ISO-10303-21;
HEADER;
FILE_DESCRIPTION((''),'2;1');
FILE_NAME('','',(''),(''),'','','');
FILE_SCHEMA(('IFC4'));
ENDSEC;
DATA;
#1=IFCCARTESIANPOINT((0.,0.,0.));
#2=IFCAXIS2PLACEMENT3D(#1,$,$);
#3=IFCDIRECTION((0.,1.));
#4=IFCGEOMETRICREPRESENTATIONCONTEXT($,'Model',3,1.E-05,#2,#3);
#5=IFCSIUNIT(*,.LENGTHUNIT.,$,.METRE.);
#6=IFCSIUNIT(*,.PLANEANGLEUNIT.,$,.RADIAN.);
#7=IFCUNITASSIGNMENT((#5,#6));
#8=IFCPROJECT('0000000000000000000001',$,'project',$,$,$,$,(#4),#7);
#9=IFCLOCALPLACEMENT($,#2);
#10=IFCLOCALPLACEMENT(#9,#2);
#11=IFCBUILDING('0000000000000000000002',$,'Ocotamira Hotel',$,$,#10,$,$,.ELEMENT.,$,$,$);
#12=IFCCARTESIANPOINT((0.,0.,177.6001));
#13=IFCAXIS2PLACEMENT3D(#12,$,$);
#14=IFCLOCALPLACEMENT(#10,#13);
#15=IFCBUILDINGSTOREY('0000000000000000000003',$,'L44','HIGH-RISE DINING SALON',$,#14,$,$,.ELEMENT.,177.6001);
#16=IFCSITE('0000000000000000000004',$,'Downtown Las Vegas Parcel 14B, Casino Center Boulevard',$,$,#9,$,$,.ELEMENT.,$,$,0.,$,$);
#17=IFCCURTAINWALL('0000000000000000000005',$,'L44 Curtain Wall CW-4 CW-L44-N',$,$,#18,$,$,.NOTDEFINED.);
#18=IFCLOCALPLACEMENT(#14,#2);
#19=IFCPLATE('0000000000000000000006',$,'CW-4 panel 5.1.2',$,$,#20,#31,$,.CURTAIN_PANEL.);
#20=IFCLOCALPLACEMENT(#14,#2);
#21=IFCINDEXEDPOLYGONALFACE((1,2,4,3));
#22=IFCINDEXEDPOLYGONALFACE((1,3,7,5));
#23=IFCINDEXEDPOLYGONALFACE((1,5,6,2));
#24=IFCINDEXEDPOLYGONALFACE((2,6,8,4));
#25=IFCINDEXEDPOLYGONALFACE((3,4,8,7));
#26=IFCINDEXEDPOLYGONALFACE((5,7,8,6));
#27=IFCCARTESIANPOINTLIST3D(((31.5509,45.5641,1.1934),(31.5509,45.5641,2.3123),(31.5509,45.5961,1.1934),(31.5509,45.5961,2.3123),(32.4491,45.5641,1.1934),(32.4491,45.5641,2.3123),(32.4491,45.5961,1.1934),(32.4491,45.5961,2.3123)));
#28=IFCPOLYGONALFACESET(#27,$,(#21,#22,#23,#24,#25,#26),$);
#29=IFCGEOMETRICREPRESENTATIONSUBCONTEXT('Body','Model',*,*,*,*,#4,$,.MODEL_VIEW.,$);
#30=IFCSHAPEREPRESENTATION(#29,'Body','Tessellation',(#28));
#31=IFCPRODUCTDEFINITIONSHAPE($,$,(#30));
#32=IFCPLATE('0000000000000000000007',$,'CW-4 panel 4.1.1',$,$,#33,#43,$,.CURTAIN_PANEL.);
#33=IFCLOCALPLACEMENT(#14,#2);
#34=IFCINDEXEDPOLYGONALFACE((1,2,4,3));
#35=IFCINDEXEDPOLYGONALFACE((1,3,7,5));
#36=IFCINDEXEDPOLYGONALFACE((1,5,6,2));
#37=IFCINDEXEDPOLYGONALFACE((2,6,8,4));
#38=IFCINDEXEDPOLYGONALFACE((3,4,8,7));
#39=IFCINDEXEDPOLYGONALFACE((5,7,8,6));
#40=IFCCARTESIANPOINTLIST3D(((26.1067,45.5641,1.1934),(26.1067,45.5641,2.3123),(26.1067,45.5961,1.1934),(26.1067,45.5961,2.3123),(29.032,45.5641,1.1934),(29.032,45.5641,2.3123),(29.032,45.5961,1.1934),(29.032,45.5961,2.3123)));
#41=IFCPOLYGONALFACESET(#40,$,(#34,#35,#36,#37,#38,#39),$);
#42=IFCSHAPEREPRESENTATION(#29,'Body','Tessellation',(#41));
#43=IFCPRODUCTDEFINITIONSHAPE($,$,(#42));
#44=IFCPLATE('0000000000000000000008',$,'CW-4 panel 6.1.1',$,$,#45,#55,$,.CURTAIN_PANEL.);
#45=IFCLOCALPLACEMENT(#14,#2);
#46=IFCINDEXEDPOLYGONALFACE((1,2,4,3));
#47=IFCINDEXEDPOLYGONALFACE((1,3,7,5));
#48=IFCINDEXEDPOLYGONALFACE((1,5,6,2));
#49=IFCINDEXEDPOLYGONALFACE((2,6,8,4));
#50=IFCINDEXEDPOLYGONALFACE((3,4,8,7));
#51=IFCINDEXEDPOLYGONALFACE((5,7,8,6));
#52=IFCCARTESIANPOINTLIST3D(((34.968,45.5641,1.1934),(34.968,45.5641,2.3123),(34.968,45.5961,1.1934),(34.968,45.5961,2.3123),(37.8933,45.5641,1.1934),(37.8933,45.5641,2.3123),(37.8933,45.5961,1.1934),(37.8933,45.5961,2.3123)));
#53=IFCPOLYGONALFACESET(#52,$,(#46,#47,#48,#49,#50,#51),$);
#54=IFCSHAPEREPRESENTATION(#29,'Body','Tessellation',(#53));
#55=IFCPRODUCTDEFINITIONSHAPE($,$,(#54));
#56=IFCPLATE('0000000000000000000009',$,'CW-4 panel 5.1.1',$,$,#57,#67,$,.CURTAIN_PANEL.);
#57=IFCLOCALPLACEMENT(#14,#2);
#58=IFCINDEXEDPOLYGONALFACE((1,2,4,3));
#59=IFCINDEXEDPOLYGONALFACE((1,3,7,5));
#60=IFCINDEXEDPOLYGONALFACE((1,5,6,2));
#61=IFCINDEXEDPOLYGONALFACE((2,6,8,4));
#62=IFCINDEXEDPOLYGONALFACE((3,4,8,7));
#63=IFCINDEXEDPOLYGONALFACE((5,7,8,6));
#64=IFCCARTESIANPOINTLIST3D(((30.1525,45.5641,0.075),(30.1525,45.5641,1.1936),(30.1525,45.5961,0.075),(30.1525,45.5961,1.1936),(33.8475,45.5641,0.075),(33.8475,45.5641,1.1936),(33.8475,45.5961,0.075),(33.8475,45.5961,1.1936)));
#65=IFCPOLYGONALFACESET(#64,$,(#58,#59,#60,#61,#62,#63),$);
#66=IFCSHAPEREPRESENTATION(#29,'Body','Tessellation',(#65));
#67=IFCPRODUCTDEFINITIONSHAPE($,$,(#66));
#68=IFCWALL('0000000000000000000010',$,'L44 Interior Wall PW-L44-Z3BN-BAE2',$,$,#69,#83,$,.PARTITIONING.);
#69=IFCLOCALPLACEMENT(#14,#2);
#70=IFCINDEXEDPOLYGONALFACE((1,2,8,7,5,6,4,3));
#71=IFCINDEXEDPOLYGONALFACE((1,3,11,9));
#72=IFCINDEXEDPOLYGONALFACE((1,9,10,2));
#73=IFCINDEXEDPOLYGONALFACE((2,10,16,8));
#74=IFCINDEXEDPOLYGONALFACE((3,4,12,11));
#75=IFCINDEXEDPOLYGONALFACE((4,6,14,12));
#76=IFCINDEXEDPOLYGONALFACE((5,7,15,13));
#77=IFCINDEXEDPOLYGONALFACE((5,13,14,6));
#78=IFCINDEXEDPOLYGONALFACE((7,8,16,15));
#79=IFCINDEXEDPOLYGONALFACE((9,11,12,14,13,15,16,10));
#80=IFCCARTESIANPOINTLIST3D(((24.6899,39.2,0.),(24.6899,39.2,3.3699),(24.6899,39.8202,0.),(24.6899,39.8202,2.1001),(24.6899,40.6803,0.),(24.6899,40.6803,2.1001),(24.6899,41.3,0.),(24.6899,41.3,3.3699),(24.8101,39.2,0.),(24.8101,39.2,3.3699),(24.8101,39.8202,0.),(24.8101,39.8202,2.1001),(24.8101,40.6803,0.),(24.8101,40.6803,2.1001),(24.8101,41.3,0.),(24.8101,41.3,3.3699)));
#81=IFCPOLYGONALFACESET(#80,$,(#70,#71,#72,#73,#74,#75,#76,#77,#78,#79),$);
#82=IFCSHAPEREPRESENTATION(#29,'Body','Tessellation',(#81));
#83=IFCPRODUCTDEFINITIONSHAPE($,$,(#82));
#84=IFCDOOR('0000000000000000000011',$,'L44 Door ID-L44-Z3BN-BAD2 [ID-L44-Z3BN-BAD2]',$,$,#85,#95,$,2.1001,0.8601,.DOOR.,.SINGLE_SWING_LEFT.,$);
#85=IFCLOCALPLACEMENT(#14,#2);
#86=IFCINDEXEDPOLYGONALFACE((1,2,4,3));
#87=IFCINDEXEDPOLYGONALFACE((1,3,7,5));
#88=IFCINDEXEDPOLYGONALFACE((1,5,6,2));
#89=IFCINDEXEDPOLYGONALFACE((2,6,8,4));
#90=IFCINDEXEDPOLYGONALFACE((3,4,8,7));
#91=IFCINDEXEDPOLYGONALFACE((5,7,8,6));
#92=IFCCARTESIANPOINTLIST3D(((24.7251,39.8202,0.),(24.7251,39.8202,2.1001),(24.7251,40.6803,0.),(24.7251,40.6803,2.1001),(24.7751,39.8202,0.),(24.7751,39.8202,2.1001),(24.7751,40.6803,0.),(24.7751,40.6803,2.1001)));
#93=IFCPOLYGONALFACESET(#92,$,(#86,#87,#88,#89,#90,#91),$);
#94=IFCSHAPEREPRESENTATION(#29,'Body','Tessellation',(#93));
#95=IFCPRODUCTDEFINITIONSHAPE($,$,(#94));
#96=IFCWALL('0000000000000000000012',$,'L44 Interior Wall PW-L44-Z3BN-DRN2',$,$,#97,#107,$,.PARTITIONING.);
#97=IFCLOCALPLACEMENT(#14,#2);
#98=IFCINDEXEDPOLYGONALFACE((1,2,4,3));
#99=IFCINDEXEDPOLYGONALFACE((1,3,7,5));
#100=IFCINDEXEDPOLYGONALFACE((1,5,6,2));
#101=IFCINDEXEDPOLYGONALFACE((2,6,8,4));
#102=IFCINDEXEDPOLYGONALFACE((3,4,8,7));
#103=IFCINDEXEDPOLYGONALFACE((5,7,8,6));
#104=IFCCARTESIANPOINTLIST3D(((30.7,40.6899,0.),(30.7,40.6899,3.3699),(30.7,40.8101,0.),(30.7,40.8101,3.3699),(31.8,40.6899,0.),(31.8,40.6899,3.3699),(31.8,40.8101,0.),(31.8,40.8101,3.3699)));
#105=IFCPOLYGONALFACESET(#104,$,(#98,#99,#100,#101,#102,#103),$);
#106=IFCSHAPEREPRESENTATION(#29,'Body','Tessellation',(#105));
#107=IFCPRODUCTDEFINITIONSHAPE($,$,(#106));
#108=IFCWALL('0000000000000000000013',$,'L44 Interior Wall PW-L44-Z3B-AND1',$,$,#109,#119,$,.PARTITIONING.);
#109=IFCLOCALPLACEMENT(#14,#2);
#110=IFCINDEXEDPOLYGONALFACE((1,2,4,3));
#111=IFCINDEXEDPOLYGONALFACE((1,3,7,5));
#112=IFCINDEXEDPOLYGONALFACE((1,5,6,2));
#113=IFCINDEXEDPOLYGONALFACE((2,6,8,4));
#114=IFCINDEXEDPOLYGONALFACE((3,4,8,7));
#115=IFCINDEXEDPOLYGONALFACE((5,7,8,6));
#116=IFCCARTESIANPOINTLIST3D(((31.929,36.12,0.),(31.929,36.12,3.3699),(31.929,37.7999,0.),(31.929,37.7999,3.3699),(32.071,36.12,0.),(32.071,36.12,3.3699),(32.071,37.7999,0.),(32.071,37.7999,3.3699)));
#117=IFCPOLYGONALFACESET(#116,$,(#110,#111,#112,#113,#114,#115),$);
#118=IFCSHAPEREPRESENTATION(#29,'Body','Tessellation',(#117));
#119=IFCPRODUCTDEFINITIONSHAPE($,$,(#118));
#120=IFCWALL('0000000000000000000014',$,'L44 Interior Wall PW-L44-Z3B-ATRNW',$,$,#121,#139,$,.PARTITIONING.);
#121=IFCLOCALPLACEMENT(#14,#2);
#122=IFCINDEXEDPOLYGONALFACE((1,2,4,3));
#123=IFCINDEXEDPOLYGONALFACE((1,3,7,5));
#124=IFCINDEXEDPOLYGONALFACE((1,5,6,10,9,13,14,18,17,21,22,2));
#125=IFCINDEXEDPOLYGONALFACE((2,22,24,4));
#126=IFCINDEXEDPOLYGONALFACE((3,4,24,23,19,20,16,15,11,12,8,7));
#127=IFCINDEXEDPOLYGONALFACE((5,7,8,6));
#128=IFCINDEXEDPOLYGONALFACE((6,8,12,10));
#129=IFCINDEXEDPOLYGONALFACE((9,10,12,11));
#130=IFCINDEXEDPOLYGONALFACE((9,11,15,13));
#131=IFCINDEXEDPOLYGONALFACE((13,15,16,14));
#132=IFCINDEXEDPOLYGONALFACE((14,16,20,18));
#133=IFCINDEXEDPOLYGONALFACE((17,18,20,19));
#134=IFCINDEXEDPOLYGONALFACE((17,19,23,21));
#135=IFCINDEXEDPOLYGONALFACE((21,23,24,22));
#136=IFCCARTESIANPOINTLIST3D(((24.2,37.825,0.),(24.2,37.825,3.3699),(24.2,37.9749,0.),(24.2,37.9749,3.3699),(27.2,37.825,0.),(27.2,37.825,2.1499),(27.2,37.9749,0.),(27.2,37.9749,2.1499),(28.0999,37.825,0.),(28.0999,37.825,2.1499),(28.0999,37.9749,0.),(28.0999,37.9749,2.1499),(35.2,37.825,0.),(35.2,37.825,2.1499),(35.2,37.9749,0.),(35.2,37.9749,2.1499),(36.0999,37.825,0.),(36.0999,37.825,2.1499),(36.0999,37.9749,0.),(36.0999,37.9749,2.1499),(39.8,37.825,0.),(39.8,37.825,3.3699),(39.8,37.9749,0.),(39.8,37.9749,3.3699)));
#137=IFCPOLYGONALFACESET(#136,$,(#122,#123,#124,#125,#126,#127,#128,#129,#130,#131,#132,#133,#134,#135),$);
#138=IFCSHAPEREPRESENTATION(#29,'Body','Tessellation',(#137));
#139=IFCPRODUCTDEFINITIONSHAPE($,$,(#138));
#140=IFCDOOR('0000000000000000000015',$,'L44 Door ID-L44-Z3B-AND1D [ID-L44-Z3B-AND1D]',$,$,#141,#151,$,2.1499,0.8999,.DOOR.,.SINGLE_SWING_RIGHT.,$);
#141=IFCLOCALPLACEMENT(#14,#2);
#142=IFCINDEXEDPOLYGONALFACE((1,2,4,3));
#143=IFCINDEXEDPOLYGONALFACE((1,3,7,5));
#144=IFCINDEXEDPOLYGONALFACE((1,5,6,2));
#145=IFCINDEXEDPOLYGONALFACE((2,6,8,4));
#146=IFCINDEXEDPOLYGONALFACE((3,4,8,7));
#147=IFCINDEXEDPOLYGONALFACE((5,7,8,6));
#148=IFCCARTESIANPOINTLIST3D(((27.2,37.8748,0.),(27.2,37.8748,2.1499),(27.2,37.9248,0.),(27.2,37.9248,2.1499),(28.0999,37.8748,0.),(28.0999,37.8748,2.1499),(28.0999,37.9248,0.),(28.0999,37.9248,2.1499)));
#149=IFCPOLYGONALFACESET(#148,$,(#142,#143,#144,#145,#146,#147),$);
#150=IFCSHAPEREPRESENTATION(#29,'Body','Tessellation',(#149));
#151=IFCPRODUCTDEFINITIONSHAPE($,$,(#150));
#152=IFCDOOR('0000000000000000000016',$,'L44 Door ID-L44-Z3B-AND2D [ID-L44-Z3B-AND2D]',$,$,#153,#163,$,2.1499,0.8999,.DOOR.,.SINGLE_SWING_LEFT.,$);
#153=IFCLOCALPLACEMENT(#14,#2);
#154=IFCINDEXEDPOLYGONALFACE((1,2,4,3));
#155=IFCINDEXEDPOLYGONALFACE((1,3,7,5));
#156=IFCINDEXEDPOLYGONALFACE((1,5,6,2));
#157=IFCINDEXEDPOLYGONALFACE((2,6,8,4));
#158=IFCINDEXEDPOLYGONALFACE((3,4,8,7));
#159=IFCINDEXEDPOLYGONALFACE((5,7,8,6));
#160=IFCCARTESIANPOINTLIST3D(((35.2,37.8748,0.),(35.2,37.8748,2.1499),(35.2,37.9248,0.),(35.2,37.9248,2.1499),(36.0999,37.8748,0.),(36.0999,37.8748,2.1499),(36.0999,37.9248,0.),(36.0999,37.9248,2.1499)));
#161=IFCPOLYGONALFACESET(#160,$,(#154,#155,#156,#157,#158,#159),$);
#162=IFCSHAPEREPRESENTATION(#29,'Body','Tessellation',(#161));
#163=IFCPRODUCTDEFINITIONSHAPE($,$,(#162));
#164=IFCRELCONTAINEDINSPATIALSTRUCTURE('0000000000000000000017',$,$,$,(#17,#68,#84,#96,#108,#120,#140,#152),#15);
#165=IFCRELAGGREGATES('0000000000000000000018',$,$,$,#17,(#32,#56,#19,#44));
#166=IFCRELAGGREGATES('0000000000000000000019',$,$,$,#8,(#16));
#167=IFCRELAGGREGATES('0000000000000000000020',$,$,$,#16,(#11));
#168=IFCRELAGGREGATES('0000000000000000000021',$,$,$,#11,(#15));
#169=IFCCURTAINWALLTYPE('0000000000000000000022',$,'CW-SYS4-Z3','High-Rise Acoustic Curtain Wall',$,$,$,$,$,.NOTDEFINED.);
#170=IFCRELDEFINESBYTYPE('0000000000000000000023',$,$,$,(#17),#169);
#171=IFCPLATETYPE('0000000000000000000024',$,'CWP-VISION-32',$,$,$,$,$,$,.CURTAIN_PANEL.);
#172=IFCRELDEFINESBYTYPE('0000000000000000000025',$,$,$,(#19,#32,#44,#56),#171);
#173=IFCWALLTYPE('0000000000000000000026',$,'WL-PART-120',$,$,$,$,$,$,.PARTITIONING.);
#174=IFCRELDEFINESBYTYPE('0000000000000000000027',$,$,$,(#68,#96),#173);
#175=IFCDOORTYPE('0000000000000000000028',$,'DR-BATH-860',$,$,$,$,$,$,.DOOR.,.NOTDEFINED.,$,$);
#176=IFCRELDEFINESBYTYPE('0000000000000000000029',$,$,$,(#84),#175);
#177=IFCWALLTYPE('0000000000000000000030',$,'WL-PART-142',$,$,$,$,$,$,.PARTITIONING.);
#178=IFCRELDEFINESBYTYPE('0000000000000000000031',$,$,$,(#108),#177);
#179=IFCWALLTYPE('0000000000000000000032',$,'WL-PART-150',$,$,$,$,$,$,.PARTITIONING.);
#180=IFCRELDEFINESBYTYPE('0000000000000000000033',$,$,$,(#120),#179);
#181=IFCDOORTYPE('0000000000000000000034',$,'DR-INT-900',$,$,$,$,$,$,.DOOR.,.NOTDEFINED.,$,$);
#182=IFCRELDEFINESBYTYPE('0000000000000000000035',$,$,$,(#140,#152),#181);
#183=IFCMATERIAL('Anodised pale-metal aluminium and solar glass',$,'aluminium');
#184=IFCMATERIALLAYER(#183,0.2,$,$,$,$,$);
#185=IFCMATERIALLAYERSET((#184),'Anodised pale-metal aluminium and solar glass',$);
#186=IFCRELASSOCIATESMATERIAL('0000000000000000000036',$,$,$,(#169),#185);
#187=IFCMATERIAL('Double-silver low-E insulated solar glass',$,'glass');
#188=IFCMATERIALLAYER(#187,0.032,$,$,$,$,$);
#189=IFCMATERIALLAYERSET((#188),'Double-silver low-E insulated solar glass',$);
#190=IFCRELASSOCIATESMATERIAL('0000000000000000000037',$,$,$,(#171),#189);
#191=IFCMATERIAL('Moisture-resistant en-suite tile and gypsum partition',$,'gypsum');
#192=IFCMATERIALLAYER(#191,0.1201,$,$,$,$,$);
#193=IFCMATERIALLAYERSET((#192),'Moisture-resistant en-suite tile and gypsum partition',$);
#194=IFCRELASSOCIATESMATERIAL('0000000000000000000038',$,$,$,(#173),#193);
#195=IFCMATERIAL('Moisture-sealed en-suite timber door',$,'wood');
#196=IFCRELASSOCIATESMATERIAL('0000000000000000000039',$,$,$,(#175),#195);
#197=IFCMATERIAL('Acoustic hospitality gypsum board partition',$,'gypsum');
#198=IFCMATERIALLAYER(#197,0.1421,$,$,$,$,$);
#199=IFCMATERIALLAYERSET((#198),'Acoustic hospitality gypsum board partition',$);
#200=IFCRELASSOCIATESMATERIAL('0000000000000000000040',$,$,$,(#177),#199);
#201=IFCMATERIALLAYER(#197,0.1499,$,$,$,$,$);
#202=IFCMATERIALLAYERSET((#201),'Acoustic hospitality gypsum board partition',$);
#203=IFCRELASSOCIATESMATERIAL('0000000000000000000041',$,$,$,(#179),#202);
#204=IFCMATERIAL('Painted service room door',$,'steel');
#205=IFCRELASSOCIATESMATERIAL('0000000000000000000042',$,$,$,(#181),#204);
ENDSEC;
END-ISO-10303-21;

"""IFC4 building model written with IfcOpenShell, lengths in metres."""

from ifc_helpers import new_model, si_unit, direction, frame, frame_2d, origin, origin_2d, place, context, subcontext, project, spatial, rectangle, extrude, source, transform, mapped, material, layer, layer_set, type_object, element, fill, aggregate, save


model = new_model("IFC4")

# Units and contexts
model_context = context("Model", 3, precision=1e-05, world=origin(), true_north=direction((0.0, 1.0)))
body_context = subcontext(model_context, "Body", "Model", "MODEL_VIEW")
ifc_project = project(units=[si_unit("LENGTHUNIT", "METRE"), si_unit("PLANEANGLEUNIT", "RADIAN")], contexts=[model_context])

# Site, building, storey
site_placement = place(None, origin())
site = spatial("IfcSite", under=ifc_project, at=site_placement, Name="Downtown Las Vegas Parcel 14B, Casino Center Boulevard", CompositionType="ELEMENT", RefElevation=0.0)
building_placement = place(site_placement, origin())
building = spatial("IfcBuilding", under=site, at=building_placement, Name="Ocotamira Hotel", CompositionType="ELEMENT")
storey_placement = place(building_placement, frame((0.0, 0.0, 177.6001)))
storey = spatial("IfcBuildingStorey", under=building, at=storey_placement, Name="L44", Description="HIGH-RISE DINING SALON", CompositionType="ELEMENT", Elevation=177.6001)

# Curtain wall
ifc_material_1 = material(Name="Anodised pale-metal aluminium and solar glass", Category="aluminium")
ifc_layer_1 = layer(ifc_material_1, 0.2)
ifc_layer_set_1 = layer_set([ifc_layer_1], Name="Anodised pale-metal aluminium and solar glass")
curtain_wall_type = type_object("IfcCurtainWallType", Name="CW-SYS4-Z3", Description="High-Rise Acoustic Curtain Wall", PredefinedType="NOTDEFINED", material=ifc_layer_set_1)
curtain_wall_placement = place(storey_placement, origin())
curtain_wall = element("IfcCurtainWall", 1, at=curtain_wall_placement, inside=storey, type_object=curtain_wall_type, Name="L44 Curtain Wall CW-4 CW-L44-N", PredefinedType="NOTDEFINED")

# Plates
ifc_material_2 = material(Name="Double-silver low-E insulated solar glass", Category="glass")
ifc_layer_2 = layer(ifc_material_2, 0.032)
ifc_layer_set_2 = layer_set([ifc_layer_2], Name="Double-silver low-E insulated solar glass")
plate_type_1 = type_object("IfcPlateType", Name="CWP-VISION-32", PredefinedType="CURTAIN_PANEL", material=ifc_layer_set_2)
shared_shape_1 = source(origin(), body_context, "Body", "SweptSolid", [
    extrude(rectangle(XDim=0.8982, YDim=0.032, at=origin_2d()), origin(), (0.0, 0.0, 1.0), 1.1189),
])
plate_1_placement = place(storey_placement, frame((32.0, 45.5801, 1.1934), z_axis=(0.0, 0.0, 1.0), x_axis=(1.0, 0.0, 0.0)))
plate_1 = element("IfcPlate", 2, at=plate_1_placement, type_object=plate_type_1, Name="CW-4 panel 5.1.2", PredefinedType="CURTAIN_PANEL", context=body_context, shape_type="MappedRepresentation", body=[
    mapped(shared_shape_1, transform((0.0, 0.0, 0.0), scale=1.0)),
])
shared_shape_2 = source(origin(), body_context, "Body", "SweptSolid", [
    extrude(rectangle(XDim=2.9253, YDim=0.032, at=origin_2d()), origin(), (0.0, 0.0, 1.0), 1.1189),
])
plate_2_placement = place(storey_placement, frame((27.5693, 45.5801, 1.1934), z_axis=(0.0, 0.0, 1.0), x_axis=(1.0, 0.0, 0.0)))
plate_2 = element("IfcPlate", 3, at=plate_2_placement, type_object=plate_type_1, Name="CW-4 panel 4.1.1", PredefinedType="CURTAIN_PANEL", context=body_context, shape_type="MappedRepresentation", body=[
    mapped(shared_shape_2, transform((0.0, 0.0, 0.0), scale=1.0)),
])
plate_3_placement = place(storey_placement, frame((36.4307, 45.5801, 1.1934), z_axis=(0.0, 0.0, 1.0), x_axis=(1.0, 0.0, 0.0)))
plate_3 = element("IfcPlate", 4, at=plate_3_placement, type_object=plate_type_1, Name="CW-4 panel 6.1.1", PredefinedType="CURTAIN_PANEL", context=body_context, shape_type="MappedRepresentation", body=[
    mapped(shared_shape_2, transform((0.0, 0.0, 0.0), scale=1.0)),
])
shared_shape_3 = source(origin(), body_context, "Body", "SweptSolid", [
    extrude(rectangle(XDim=3.6951, YDim=0.032, at=origin_2d()), origin(), (0.0, 0.0, 1.0), 1.1187),
])
plate_4_placement = place(storey_placement, frame((32.0, 45.5801, 0.075), z_axis=(0.0, 0.0, 1.0), x_axis=(1.0, 0.0, 0.0)))
plate_4 = element("IfcPlate", 5, at=plate_4_placement, type_object=plate_type_1, Name="CW-4 panel 5.1.1", PredefinedType="CURTAIN_PANEL", context=body_context, shape_type="MappedRepresentation", body=[
    mapped(shared_shape_3, transform((0.0, 0.0, 0.0), scale=1.0)),
])
aggregate(curtain_wall, [plate_2, plate_4, plate_1, plate_3])

# Wall, opening, door
ifc_material_3 = material(Name="Moisture-resistant en-suite tile and gypsum partition", Category="gypsum")
ifc_layer_3 = layer(ifc_material_3, 0.1201)
ifc_layer_set_3 = layer_set([ifc_layer_3], Name="Moisture-resistant en-suite tile and gypsum partition")
wall_type_1 = type_object("IfcWallType", Name="WL-PART-120", PredefinedType="PARTITIONING", material=ifc_layer_set_3)
wall_1_placement = place(storey_placement, frame((24.75, 39.2, 0.0), z_axis=(0.0, 0.0, 1.0), x_axis=(0.0, 1.0, 0.0)))
wall_1 = element("IfcWall", 6, at=wall_1_placement, inside=storey, type_object=wall_type_1, Name="L44 Interior Wall PW-L44-Z3BN-BAE2", PredefinedType="PARTITIONING", context=body_context, shape_type="SweptSolid", body=[
    extrude(rectangle(XDim=2.1001, YDim=0.1201, at=frame_2d((1.05, 0.0))), origin(), (0.0, 0.0, 1.0), 3.3699),
])
opening_1_placement = place(wall_1_placement, frame((0.6201, 0.0, 0.0)))
opening_1 = element("IfcOpeningElement", 7, at=opening_1_placement, cuts=wall_1, PredefinedType="OPENING", context=body_context, shape_type="SweptSolid", body=[
    extrude(rectangle(XDim=0.8601, YDim=2.1001, at=frame_2d((0.4302, 1.05))), frame((0.0, 0.0701, 0.0), z_axis=(0.0, -1.0, 0.0), x_axis=(1.0, 0.0, 0.0)), (0.0, 0.0, 1.0), 0.1401),
])
ifc_material_4 = material(Name="Moisture-sealed en-suite timber door", Category="wood")
door_type_1 = type_object("IfcDoorType", Name="DR-BATH-860", OperationType="NOTDEFINED", PredefinedType="DOOR", material=ifc_material_4)
shared_shape_4 = source(origin(), body_context, "Body", "SweptSolid", [
    extrude(rectangle(XDim=0.8601, YDim=2.1001, at=frame_2d((0.4302, 1.05))), frame((0.0, 0.0249, 0.0), z_axis=(0.0, -1.0, 0.0), x_axis=(1.0, 0.0, 0.0)), (0.0, 0.0, 1.0), 0.05),
])
door_1_placement = place(opening_1_placement, origin())
door_1 = element("IfcDoor", 8, at=door_1_placement, inside=storey, type_object=door_type_1, Name="L44 Door ID-L44-Z3BN-BAD2 [ID-L44-Z3BN-BAD2]", OperationType="SINGLE_SWING_LEFT", OverallHeight=2.1001, OverallWidth=0.8601, PredefinedType="DOOR", context=body_context, shape_type="MappedRepresentation", body=[
    mapped(shared_shape_4, transform((0.0, 0.0, 0.0), scale=1.0)),
])
fill(opening_1, door_1)

# Walls
wall_2_placement = place(storey_placement, frame((30.7, 40.75, 0.0), z_axis=(0.0, 0.0, 1.0), x_axis=(1.0, 0.0, 0.0)))
element("IfcWall", 9, at=wall_2_placement, inside=storey, type_object=wall_type_1, Name="L44 Interior Wall PW-L44-Z3BN-DRN2", PredefinedType="PARTITIONING", context=body_context, shape_type="SweptSolid", body=[
    extrude(rectangle(XDim=1.1001, YDim=0.1201, at=frame_2d((0.55, 0.0))), origin(), (0.0, 0.0, 1.0), 3.3699),
])
ifc_material_5 = material(Name="Acoustic hospitality gypsum board partition", Category="gypsum")
ifc_layer_4 = layer(ifc_material_5, 0.1421)
ifc_layer_set_4 = layer_set([ifc_layer_4], Name="Acoustic hospitality gypsum board partition")
wall_type_2 = type_object("IfcWallType", Name="WL-PART-142", PredefinedType="PARTITIONING", material=ifc_layer_set_4)
wall_3_placement = place(storey_placement, frame((32.0, 36.1201, 0.0), z_axis=(0.0, 0.0, 1.0), x_axis=(0.0, 1.0, 0.0)))
element("IfcWall", 10, at=wall_3_placement, inside=storey, type_object=wall_type_2, Name="L44 Interior Wall PW-L44-Z3B-AND1", PredefinedType="PARTITIONING", context=body_context, shape_type="SweptSolid", body=[
    extrude(rectangle(XDim=1.6799, YDim=0.1421, at=frame_2d((0.8398, 0.0))), origin(), (0.0, 0.0, 1.0), 3.3699),
])

# Wall, openings, doors
ifc_layer_5 = layer(ifc_material_5, 0.1499)
ifc_layer_set_5 = layer_set([ifc_layer_5], Name="Acoustic hospitality gypsum board partition")
wall_type_3 = type_object("IfcWallType", Name="WL-PART-150", PredefinedType="PARTITIONING", material=ifc_layer_set_5)
wall_4_placement = place(storey_placement, frame((24.2, 37.8999, 0.0), z_axis=(0.0, 0.0, 1.0), x_axis=(1.0, 0.0, 0.0)))
wall_4 = element("IfcWall", 11, at=wall_4_placement, inside=storey, type_object=wall_type_3, Name="L44 Interior Wall PW-L44-Z3B-ATRNW", PredefinedType="PARTITIONING", context=body_context, shape_type="SweptSolid", body=[
    extrude(rectangle(XDim=15.6001, YDim=0.1499, at=frame_2d((7.8, 0.0))), origin(), (0.0, 0.0, 1.0), 3.3699),
])
opening_2_placement = place(wall_4_placement, frame((3.0, 0.0, 0.0)))
opening_2 = element("IfcOpeningElement", 12, at=opening_2_placement, cuts=wall_4, PredefinedType="OPENING", context=body_context, shape_type="SweptSolid", body=[
    extrude(rectangle(XDim=0.8999, YDim=2.1499, at=frame_2d((0.45, 1.075))), frame((0.0, 0.085, 0.0), z_axis=(0.0, -1.0, 0.0), x_axis=(1.0, 0.0, 0.0)), (0.0, 0.0, 1.0), 0.1699),
])
opening_3_placement = place(wall_4_placement, frame((11.0, 0.0, 0.0)))
opening_3 = element("IfcOpeningElement", 13, at=opening_3_placement, cuts=wall_4, PredefinedType="OPENING", context=body_context, shape_type="SweptSolid", body=[
    extrude(rectangle(XDim=0.8999, YDim=2.1499, at=frame_2d((0.45, 1.075))), frame((0.0, 0.085, 0.0), z_axis=(0.0, -1.0, 0.0), x_axis=(1.0, 0.0, 0.0)), (0.0, 0.0, 1.0), 0.1699),
])
ifc_material_6 = material(Name="Painted service room door", Category="steel")
door_type_2 = type_object("IfcDoorType", Name="DR-INT-900", OperationType="NOTDEFINED", PredefinedType="DOOR", material=ifc_material_6)
shared_shape_5 = source(origin(), body_context, "Body", "SweptSolid", [
    extrude(rectangle(XDim=0.8999, YDim=2.1499, at=frame_2d((0.45, 1.075))), frame((0.0, 0.0249, 0.0), z_axis=(0.0, -1.0, 0.0), x_axis=(1.0, 0.0, 0.0)), (0.0, 0.0, 1.0), 0.05),
])
door_2_placement = place(opening_2_placement, origin())
door_2 = element("IfcDoor", 14, at=door_2_placement, inside=storey, type_object=door_type_2, Name="L44 Door ID-L44-Z3B-AND1D [ID-L44-Z3B-AND1D]", OperationType="SINGLE_SWING_RIGHT", OverallHeight=2.1499, OverallWidth=0.8999, PredefinedType="DOOR", context=body_context, shape_type="MappedRepresentation", body=[
    mapped(shared_shape_5, transform((0.0, 0.0, 0.0), scale=1.0)),
])
fill(opening_2, door_2)
door_3_placement = place(opening_3_placement, origin())
door_3 = element("IfcDoor", 15, at=door_3_placement, inside=storey, type_object=door_type_2, Name="L44 Door ID-L44-Z3B-AND2D [ID-L44-Z3B-AND2D]", OperationType="SINGLE_SWING_LEFT", OverallHeight=2.1499, OverallWidth=0.8999, PredefinedType="DOOR", context=body_context, shape_type="MappedRepresentation", body=[
    mapped(shared_shape_5, transform((0.0, 0.0, 0.0), scale=1.0)),
])
fill(opening_3, door_3)

save(model, "model.ifc")
